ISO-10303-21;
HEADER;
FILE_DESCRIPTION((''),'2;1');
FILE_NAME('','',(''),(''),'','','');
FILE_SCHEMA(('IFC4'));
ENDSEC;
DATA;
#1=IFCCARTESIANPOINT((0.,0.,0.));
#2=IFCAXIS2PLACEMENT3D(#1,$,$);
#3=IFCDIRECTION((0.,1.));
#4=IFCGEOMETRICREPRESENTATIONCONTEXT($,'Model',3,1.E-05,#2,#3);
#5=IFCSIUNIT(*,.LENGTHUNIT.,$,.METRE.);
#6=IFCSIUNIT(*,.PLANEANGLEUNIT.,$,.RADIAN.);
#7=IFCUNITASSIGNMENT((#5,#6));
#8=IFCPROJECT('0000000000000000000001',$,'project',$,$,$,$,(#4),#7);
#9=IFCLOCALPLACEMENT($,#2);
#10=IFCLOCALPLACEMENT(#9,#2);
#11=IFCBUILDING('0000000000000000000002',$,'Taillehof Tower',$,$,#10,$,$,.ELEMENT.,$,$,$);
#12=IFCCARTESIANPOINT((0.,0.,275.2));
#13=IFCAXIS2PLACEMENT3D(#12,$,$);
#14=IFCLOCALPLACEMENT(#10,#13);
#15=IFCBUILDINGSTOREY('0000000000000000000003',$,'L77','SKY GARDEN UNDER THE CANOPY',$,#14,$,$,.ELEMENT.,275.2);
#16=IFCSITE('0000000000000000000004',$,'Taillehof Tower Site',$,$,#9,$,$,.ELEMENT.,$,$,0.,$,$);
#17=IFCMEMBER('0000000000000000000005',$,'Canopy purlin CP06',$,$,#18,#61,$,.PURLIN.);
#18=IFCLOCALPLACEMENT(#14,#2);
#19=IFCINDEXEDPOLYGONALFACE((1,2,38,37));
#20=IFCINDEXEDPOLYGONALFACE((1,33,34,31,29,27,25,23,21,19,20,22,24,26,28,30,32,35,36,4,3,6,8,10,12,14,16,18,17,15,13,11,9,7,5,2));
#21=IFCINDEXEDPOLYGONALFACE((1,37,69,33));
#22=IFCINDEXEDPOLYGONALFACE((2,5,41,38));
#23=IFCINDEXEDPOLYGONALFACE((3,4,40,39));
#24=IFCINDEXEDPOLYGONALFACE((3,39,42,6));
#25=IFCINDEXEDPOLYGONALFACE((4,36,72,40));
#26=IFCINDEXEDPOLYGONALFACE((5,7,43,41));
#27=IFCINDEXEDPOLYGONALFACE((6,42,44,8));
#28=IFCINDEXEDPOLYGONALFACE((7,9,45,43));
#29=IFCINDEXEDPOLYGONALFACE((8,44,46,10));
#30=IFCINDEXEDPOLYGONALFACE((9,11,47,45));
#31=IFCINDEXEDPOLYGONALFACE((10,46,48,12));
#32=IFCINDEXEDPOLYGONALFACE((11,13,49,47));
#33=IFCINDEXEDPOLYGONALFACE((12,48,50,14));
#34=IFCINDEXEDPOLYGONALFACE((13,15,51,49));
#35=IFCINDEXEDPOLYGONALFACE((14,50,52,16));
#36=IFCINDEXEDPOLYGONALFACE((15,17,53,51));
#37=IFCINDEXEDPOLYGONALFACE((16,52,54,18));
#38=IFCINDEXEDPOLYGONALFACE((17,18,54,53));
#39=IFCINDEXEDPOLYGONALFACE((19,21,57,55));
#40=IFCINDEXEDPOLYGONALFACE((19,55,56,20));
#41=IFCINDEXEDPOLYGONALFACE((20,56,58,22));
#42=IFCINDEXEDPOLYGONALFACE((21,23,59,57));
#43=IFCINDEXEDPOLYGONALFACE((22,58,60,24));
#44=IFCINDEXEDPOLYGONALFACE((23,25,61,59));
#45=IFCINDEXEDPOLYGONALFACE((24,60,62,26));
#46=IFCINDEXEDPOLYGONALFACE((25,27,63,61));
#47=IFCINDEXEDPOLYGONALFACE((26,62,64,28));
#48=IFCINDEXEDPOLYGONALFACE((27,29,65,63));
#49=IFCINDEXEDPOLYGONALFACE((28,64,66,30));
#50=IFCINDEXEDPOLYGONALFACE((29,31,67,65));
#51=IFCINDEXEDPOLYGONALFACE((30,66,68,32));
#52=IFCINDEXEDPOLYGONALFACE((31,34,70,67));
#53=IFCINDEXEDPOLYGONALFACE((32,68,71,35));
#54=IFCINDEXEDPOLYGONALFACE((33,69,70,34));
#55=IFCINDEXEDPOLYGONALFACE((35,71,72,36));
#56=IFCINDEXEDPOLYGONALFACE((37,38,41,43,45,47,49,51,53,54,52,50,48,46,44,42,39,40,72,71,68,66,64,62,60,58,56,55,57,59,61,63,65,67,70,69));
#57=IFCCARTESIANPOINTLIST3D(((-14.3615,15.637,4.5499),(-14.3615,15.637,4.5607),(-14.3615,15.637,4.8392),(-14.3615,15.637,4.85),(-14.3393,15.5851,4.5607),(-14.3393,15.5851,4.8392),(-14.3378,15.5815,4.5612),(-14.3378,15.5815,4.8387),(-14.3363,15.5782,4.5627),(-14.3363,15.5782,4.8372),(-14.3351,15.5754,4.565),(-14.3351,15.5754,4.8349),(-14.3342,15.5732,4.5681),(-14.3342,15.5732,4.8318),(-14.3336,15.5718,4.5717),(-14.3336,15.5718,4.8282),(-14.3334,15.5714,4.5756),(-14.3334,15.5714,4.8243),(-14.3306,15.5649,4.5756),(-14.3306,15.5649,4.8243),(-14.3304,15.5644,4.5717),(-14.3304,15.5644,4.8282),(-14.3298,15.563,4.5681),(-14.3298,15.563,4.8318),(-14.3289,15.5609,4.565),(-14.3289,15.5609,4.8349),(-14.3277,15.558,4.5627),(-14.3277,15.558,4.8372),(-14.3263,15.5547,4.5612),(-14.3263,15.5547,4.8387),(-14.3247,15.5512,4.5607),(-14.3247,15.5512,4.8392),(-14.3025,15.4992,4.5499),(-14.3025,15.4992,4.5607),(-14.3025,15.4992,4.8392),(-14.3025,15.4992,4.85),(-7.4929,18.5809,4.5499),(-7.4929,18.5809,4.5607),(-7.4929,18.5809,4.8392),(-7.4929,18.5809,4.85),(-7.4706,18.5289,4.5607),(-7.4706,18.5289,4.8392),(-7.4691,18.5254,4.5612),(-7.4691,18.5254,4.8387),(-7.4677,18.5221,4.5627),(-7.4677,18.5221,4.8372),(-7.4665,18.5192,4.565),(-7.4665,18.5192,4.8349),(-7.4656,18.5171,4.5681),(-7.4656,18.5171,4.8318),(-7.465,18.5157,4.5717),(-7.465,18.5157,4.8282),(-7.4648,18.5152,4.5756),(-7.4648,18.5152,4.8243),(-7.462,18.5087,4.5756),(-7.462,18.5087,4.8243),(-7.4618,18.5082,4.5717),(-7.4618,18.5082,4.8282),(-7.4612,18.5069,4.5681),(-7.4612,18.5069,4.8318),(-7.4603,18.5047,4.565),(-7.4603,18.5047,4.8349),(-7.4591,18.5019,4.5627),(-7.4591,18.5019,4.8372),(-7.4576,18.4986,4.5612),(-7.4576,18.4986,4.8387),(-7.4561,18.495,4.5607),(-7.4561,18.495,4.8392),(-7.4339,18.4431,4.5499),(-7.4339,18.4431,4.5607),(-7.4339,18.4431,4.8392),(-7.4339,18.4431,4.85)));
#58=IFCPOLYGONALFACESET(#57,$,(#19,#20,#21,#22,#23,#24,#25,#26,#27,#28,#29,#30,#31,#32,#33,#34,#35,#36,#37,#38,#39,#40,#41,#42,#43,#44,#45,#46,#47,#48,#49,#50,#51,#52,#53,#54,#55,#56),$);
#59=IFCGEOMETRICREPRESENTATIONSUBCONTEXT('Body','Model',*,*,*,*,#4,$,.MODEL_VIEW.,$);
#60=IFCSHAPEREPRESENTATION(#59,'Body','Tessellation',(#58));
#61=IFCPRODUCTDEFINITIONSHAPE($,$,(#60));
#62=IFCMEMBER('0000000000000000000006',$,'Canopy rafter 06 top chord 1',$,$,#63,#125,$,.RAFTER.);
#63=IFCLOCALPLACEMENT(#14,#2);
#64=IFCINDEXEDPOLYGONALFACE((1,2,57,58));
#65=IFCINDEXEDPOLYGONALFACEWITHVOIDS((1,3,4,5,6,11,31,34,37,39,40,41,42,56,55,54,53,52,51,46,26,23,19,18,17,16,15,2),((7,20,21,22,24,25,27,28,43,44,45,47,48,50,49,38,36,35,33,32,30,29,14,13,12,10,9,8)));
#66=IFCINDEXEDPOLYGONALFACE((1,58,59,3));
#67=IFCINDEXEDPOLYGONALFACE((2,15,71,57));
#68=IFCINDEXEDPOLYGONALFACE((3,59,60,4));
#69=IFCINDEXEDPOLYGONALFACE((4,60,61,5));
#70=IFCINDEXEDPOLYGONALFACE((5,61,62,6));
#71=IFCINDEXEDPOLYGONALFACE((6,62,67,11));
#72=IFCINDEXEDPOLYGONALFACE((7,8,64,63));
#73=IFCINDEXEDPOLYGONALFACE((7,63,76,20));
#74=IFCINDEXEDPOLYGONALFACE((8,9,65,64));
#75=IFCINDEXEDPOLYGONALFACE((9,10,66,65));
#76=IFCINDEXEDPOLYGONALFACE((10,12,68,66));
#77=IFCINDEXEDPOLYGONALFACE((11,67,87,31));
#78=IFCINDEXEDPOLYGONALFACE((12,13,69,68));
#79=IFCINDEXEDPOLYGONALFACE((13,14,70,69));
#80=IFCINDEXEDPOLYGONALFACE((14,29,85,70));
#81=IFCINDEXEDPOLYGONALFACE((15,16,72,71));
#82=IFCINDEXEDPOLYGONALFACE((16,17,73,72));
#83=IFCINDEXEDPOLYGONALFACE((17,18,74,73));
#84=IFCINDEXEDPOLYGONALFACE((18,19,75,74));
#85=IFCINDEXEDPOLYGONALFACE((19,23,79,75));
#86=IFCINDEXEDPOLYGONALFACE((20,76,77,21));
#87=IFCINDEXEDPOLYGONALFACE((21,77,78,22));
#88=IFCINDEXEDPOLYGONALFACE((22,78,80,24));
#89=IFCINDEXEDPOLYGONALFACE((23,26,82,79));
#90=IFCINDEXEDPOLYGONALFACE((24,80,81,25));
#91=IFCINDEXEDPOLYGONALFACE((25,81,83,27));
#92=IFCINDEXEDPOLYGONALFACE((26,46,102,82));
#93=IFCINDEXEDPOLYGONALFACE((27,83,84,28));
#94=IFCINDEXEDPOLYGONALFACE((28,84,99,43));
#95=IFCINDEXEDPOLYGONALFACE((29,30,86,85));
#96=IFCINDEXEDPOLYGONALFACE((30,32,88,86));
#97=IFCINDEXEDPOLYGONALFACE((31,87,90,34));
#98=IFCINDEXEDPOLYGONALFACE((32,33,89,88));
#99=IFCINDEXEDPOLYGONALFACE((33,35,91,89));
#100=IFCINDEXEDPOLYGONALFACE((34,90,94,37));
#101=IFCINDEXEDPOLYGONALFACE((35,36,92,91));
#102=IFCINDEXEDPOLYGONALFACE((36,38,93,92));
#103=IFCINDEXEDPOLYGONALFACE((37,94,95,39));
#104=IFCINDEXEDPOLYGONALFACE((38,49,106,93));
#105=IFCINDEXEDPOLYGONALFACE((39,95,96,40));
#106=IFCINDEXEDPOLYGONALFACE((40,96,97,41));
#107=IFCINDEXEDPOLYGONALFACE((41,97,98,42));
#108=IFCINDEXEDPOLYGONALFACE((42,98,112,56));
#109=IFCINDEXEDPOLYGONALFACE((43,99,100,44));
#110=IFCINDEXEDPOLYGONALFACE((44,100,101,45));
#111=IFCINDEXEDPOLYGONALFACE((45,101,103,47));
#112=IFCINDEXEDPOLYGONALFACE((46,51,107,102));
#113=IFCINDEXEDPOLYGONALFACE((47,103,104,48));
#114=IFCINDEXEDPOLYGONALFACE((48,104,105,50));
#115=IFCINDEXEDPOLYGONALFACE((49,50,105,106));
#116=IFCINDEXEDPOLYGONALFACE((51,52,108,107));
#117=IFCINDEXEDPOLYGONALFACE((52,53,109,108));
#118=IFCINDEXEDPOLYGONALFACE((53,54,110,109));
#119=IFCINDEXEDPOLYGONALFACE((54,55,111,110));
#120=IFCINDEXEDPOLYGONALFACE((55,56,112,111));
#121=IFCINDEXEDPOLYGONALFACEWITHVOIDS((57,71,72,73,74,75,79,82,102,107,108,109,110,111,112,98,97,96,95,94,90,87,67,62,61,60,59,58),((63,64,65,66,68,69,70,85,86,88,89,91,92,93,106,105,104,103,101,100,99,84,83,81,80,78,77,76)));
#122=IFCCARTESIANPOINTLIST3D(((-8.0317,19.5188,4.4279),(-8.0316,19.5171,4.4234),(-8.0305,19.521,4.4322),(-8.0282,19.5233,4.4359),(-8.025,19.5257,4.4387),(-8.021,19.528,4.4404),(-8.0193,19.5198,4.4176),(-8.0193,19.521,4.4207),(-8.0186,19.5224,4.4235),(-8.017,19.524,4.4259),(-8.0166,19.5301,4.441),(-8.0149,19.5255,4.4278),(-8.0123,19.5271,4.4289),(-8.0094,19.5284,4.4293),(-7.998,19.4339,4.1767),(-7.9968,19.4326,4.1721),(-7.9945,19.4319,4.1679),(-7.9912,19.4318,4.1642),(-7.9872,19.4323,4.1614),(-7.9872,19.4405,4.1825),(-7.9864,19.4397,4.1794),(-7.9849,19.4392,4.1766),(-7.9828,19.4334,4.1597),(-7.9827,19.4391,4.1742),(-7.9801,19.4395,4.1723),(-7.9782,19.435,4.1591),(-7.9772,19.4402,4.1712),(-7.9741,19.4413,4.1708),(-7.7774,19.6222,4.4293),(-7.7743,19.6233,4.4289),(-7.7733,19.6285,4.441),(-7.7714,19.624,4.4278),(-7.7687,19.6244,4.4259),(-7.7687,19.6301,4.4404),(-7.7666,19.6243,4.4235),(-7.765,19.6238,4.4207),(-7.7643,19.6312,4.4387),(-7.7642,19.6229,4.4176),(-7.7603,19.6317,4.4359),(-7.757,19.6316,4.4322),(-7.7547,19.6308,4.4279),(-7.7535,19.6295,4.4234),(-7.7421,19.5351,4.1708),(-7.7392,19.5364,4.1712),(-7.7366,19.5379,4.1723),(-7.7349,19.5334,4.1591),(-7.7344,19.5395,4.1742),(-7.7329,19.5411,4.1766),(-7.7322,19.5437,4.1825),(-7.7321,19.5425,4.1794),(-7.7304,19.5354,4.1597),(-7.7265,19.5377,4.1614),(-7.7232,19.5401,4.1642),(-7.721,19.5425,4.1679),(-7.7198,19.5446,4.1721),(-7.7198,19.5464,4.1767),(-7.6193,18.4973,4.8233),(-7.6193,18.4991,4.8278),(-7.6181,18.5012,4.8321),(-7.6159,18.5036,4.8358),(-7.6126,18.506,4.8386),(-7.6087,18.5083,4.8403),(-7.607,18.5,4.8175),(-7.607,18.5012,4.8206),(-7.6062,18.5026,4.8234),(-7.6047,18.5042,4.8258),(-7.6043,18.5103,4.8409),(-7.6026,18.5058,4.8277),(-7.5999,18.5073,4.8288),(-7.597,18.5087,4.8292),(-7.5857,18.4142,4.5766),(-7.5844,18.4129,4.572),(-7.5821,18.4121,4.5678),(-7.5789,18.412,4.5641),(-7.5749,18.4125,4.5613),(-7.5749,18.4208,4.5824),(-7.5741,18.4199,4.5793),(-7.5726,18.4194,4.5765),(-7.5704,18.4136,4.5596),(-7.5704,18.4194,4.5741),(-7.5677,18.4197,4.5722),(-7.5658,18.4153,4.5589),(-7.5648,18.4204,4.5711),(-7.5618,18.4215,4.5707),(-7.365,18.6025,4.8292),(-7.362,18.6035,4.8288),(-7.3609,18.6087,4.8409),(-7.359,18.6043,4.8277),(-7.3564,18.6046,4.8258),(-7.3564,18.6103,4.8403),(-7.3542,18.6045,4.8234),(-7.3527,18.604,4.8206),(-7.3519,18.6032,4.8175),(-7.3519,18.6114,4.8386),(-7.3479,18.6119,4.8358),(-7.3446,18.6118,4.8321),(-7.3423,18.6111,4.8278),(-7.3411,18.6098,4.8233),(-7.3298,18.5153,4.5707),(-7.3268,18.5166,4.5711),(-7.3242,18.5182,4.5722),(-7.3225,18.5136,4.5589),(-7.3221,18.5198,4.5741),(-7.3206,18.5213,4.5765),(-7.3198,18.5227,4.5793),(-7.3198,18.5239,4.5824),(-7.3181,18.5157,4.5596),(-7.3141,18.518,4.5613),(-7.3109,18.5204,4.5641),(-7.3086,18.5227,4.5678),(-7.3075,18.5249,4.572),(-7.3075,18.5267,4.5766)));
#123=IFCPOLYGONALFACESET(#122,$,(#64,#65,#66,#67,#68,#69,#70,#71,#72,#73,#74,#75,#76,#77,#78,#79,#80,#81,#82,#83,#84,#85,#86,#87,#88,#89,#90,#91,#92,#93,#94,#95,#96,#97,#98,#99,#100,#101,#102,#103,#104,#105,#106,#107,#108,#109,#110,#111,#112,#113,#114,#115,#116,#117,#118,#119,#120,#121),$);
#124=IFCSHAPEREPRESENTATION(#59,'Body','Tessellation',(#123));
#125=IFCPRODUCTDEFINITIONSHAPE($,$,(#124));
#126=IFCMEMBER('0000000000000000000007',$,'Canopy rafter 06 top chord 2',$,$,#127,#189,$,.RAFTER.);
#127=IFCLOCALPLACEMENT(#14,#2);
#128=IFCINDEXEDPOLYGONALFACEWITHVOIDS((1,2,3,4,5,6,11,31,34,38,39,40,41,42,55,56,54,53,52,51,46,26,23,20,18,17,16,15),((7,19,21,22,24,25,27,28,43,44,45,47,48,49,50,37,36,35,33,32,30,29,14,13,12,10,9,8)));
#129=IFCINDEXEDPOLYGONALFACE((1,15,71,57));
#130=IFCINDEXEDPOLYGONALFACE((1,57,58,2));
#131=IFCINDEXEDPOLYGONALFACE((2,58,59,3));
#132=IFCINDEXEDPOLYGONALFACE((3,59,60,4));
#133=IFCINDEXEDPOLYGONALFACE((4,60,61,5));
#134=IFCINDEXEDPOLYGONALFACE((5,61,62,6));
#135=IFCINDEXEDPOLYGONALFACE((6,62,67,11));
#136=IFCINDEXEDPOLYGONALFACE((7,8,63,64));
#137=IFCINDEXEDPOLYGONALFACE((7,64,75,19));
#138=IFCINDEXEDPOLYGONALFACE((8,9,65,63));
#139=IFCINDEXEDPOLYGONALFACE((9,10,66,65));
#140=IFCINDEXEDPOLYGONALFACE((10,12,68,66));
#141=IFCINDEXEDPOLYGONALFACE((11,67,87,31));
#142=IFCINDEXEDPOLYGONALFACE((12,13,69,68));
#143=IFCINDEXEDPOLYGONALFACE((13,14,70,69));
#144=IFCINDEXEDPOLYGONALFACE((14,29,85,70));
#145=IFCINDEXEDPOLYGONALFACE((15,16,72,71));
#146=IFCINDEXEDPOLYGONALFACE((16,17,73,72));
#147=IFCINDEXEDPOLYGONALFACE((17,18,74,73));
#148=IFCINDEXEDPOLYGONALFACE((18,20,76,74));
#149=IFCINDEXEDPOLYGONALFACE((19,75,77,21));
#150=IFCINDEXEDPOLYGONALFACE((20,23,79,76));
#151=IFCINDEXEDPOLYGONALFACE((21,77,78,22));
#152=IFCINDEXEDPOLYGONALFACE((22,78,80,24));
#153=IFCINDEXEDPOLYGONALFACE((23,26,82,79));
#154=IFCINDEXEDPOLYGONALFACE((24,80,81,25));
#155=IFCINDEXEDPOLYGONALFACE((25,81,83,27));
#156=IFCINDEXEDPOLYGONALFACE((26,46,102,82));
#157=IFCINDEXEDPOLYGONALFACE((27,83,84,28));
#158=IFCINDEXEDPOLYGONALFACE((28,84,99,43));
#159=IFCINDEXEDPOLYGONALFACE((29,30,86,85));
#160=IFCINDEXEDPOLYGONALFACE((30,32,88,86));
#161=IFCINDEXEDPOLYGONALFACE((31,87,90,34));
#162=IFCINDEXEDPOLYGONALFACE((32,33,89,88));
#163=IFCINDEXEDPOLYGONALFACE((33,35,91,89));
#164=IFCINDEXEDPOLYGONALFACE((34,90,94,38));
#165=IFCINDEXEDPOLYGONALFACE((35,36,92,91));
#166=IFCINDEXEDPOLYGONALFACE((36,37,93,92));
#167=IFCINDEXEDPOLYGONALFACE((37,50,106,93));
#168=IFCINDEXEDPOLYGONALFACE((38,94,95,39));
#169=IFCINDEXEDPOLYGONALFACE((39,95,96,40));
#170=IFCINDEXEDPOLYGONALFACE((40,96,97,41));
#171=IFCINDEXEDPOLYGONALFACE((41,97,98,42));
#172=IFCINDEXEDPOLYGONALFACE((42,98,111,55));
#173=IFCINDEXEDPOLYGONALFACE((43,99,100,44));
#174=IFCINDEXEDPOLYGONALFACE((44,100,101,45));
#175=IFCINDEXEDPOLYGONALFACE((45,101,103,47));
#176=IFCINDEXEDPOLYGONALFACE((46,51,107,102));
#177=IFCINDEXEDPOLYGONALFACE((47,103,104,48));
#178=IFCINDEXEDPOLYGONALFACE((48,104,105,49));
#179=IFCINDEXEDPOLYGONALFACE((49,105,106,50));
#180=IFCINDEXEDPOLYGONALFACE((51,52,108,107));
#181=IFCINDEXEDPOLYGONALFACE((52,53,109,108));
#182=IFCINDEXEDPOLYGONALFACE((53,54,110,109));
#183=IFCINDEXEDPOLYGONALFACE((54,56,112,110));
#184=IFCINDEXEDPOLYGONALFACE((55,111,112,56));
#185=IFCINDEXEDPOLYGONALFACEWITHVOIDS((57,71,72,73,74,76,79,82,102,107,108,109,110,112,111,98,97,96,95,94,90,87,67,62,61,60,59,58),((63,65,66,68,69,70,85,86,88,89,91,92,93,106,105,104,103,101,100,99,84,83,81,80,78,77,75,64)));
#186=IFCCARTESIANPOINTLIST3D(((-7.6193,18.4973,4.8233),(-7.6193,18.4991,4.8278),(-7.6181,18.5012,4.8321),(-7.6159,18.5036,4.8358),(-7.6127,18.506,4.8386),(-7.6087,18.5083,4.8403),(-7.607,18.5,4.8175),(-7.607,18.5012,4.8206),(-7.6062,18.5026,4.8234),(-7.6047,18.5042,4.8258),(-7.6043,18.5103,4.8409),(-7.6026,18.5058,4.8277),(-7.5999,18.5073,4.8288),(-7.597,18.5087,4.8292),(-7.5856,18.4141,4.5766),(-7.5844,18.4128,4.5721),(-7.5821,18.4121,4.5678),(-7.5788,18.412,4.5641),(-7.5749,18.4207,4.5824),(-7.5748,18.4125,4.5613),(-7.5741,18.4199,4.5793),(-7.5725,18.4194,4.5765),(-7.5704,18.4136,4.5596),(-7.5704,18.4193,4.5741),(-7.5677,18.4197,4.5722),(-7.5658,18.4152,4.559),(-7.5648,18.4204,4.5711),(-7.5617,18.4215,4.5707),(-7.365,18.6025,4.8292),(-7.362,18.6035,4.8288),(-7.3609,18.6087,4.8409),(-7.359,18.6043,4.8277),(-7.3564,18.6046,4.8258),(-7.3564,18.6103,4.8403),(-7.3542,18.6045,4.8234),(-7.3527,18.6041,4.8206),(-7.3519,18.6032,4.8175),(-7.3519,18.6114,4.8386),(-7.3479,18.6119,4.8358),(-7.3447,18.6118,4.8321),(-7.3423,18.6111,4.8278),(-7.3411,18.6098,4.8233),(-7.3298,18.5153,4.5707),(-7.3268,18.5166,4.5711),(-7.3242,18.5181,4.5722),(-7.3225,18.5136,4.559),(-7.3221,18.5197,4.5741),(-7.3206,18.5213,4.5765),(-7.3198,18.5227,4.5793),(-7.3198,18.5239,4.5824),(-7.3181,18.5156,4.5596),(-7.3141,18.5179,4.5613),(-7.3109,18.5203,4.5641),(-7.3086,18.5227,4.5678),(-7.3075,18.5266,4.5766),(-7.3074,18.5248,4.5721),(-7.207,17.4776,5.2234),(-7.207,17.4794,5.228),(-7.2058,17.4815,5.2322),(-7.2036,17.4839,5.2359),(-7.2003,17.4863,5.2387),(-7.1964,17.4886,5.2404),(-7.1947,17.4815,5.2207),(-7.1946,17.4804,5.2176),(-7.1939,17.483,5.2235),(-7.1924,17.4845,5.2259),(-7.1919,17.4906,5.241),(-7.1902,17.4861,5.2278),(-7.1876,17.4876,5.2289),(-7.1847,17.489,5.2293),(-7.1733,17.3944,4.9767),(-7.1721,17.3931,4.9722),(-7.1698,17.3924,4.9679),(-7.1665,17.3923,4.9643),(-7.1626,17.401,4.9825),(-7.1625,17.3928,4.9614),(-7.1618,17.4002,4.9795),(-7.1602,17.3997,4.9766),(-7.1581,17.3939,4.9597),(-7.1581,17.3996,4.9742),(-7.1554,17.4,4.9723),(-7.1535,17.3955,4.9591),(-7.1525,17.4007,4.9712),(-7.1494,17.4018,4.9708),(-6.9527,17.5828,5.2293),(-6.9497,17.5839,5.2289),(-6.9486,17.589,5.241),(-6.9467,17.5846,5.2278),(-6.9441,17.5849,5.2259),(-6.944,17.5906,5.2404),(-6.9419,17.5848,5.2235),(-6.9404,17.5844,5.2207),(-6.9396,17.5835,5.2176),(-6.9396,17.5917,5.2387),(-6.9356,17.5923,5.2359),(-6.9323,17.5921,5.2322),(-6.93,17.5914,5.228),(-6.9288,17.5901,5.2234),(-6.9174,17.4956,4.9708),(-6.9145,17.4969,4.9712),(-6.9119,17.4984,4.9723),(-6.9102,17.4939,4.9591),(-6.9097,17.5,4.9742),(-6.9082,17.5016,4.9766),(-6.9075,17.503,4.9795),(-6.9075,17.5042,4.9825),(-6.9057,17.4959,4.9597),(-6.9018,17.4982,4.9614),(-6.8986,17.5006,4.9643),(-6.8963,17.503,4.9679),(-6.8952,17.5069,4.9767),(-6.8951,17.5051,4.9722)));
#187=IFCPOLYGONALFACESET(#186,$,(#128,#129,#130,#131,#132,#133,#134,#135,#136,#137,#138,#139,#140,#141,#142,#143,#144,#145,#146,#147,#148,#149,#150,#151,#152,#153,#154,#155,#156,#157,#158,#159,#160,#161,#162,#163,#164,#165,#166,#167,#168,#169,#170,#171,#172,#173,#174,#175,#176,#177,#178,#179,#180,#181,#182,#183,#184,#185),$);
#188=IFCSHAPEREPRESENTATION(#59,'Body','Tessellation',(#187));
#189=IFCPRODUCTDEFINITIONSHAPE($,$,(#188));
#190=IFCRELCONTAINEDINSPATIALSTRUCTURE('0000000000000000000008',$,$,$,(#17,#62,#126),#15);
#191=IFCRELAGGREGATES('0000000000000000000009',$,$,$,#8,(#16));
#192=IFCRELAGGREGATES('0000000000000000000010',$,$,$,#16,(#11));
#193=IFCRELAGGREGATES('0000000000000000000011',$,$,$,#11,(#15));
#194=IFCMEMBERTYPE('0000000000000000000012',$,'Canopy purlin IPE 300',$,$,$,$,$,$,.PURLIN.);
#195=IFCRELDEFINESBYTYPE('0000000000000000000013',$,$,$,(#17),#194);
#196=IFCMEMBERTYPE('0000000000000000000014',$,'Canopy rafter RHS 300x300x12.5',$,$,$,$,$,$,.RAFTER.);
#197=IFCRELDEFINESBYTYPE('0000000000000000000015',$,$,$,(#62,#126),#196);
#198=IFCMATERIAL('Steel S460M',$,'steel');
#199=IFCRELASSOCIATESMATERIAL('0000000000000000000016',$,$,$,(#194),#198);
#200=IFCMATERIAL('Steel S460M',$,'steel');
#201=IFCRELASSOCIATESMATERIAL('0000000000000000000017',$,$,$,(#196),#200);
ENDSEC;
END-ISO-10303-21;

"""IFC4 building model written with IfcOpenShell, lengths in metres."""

from ifc_helpers import new_model, si_unit, direction, frame, origin, origin_2d, place, context, subcontext, project, spatial, hollow_rectangle, i_section, extrude, material, material_profile, profile_set, type_object, element, save


model = new_model("IFC4")

# Units and contexts
model_context = context("Model", 3, precision=1e-05, world=origin(), true_north=direction((0.0, 1.0)))
body_context = subcontext(model_context, "Body", "Model", "MODEL_VIEW")
ifc_project = project(units=[si_unit("LENGTHUNIT", "METRE"), si_unit("PLANEANGLEUNIT", "RADIAN")], contexts=[model_context])

# Site, building, storey
site_placement = place(None, origin())
site = spatial("IfcSite", under=ifc_project, at=site_placement, Name="Taillehof Tower Site", CompositionType="ELEMENT", RefElevation=0.0)
building_placement = place(site_placement, origin())
building = spatial("IfcBuilding", under=site, at=building_placement, Name="Taillehof Tower", CompositionType="ELEMENT")
storey_placement = place(building_placement, frame((0.0, 0.0, 275.2)))
storey = spatial("IfcBuildingStorey", under=building, at=storey_placement, Name="L77", Description="SKY GARDEN UNDER THE CANOPY", CompositionType="ELEMENT", Elevation=275.2)

# Members
ifc_material_1 = material(Name="Steel S460M", Category="steel")
ifc_material_profile_1 = material_profile(ifc_material_1, i_section(OverallWidth=0.1499, OverallDepth=0.3, WebThickness=0.0071, FlangeThickness=0.0107, FilletRadius=0.0149, at=origin_2d()), Name="IPE 300")
ifc_profile_set_1 = profile_set([ifc_material_profile_1], Name="Steel S460M")
member_type_1 = type_object("IfcMemberType", Name="Canopy purlin IPE 300", PredefinedType="PURLIN", material=ifc_profile_set_1)
member_1_placement = place(storey_placement, frame((-7.4634, 18.512, 4.7), z_axis=(-0.919138, -0.393935, 0.0), x_axis=(0.393935, -0.919138, 0.0)))
element("IfcMember", 1, at=member_1_placement, inside=storey, type_object=member_type_1, Name="Canopy purlin CP06", PredefinedType="PURLIN", context=body_context, shape_type="SweptSolid", body=[
    extrude(i_section(OverallWidth=0.1499, OverallDepth=0.3, WebThickness=0.0071, FlangeThickness=0.0107, FilletRadius=0.0149, at=origin_2d()), origin(), (0.0, 0.0, 1.0), 7.4729),
])
ifc_material_2 = material(Name="Steel S460M", Category="steel")
ifc_material_profile_2 = material_profile(ifc_material_2, hollow_rectangle(XDim=0.3, YDim=0.3, WallThickness=0.0125, InnerFilletRadius=0.0125, OuterFilletRadius=0.0188, at=origin_2d()), Name="RHS 300x300x12.5")
ifc_profile_set_2 = profile_set([ifc_material_profile_2], Name="Steel S460M")
member_type_2 = type_object("IfcMemberType", Name="Canopy rafter RHS 300x300x12.5", PredefinedType="RAFTER", material=ifc_profile_set_2)
for number, where, z_axis, x_axis, name in (
    (2, (-7.8757, 19.5317, 4.3), (0.35231, -0.871285, 0.341672), (0.927077, 0.37487, 0.0), "Canopy rafter 06 top chord 1"),
    (3, (-7.4634, 18.512, 4.7), (0.352285, -0.871223, 0.341856), (0.927077, 0.37487, 0.0), "Canopy rafter 06 top chord 2"),
):
    element("IfcMember", number, at=place(storey_placement, frame(where, z_axis=z_axis, x_axis=x_axis)), inside=storey, type_object=member_type_2, Name=name, PredefinedType="RAFTER", context=body_context, shape_type="SweptSolid", body=[
        extrude(hollow_rectangle(XDim=0.3, YDim=0.3, WallThickness=0.0125, InnerFilletRadius=0.0125, OuterFilletRadius=0.0188, at=origin_2d()), origin(), (0.0, 0.0, 1.0), 1.1704),
    ])

save(model, "model.ifc")
